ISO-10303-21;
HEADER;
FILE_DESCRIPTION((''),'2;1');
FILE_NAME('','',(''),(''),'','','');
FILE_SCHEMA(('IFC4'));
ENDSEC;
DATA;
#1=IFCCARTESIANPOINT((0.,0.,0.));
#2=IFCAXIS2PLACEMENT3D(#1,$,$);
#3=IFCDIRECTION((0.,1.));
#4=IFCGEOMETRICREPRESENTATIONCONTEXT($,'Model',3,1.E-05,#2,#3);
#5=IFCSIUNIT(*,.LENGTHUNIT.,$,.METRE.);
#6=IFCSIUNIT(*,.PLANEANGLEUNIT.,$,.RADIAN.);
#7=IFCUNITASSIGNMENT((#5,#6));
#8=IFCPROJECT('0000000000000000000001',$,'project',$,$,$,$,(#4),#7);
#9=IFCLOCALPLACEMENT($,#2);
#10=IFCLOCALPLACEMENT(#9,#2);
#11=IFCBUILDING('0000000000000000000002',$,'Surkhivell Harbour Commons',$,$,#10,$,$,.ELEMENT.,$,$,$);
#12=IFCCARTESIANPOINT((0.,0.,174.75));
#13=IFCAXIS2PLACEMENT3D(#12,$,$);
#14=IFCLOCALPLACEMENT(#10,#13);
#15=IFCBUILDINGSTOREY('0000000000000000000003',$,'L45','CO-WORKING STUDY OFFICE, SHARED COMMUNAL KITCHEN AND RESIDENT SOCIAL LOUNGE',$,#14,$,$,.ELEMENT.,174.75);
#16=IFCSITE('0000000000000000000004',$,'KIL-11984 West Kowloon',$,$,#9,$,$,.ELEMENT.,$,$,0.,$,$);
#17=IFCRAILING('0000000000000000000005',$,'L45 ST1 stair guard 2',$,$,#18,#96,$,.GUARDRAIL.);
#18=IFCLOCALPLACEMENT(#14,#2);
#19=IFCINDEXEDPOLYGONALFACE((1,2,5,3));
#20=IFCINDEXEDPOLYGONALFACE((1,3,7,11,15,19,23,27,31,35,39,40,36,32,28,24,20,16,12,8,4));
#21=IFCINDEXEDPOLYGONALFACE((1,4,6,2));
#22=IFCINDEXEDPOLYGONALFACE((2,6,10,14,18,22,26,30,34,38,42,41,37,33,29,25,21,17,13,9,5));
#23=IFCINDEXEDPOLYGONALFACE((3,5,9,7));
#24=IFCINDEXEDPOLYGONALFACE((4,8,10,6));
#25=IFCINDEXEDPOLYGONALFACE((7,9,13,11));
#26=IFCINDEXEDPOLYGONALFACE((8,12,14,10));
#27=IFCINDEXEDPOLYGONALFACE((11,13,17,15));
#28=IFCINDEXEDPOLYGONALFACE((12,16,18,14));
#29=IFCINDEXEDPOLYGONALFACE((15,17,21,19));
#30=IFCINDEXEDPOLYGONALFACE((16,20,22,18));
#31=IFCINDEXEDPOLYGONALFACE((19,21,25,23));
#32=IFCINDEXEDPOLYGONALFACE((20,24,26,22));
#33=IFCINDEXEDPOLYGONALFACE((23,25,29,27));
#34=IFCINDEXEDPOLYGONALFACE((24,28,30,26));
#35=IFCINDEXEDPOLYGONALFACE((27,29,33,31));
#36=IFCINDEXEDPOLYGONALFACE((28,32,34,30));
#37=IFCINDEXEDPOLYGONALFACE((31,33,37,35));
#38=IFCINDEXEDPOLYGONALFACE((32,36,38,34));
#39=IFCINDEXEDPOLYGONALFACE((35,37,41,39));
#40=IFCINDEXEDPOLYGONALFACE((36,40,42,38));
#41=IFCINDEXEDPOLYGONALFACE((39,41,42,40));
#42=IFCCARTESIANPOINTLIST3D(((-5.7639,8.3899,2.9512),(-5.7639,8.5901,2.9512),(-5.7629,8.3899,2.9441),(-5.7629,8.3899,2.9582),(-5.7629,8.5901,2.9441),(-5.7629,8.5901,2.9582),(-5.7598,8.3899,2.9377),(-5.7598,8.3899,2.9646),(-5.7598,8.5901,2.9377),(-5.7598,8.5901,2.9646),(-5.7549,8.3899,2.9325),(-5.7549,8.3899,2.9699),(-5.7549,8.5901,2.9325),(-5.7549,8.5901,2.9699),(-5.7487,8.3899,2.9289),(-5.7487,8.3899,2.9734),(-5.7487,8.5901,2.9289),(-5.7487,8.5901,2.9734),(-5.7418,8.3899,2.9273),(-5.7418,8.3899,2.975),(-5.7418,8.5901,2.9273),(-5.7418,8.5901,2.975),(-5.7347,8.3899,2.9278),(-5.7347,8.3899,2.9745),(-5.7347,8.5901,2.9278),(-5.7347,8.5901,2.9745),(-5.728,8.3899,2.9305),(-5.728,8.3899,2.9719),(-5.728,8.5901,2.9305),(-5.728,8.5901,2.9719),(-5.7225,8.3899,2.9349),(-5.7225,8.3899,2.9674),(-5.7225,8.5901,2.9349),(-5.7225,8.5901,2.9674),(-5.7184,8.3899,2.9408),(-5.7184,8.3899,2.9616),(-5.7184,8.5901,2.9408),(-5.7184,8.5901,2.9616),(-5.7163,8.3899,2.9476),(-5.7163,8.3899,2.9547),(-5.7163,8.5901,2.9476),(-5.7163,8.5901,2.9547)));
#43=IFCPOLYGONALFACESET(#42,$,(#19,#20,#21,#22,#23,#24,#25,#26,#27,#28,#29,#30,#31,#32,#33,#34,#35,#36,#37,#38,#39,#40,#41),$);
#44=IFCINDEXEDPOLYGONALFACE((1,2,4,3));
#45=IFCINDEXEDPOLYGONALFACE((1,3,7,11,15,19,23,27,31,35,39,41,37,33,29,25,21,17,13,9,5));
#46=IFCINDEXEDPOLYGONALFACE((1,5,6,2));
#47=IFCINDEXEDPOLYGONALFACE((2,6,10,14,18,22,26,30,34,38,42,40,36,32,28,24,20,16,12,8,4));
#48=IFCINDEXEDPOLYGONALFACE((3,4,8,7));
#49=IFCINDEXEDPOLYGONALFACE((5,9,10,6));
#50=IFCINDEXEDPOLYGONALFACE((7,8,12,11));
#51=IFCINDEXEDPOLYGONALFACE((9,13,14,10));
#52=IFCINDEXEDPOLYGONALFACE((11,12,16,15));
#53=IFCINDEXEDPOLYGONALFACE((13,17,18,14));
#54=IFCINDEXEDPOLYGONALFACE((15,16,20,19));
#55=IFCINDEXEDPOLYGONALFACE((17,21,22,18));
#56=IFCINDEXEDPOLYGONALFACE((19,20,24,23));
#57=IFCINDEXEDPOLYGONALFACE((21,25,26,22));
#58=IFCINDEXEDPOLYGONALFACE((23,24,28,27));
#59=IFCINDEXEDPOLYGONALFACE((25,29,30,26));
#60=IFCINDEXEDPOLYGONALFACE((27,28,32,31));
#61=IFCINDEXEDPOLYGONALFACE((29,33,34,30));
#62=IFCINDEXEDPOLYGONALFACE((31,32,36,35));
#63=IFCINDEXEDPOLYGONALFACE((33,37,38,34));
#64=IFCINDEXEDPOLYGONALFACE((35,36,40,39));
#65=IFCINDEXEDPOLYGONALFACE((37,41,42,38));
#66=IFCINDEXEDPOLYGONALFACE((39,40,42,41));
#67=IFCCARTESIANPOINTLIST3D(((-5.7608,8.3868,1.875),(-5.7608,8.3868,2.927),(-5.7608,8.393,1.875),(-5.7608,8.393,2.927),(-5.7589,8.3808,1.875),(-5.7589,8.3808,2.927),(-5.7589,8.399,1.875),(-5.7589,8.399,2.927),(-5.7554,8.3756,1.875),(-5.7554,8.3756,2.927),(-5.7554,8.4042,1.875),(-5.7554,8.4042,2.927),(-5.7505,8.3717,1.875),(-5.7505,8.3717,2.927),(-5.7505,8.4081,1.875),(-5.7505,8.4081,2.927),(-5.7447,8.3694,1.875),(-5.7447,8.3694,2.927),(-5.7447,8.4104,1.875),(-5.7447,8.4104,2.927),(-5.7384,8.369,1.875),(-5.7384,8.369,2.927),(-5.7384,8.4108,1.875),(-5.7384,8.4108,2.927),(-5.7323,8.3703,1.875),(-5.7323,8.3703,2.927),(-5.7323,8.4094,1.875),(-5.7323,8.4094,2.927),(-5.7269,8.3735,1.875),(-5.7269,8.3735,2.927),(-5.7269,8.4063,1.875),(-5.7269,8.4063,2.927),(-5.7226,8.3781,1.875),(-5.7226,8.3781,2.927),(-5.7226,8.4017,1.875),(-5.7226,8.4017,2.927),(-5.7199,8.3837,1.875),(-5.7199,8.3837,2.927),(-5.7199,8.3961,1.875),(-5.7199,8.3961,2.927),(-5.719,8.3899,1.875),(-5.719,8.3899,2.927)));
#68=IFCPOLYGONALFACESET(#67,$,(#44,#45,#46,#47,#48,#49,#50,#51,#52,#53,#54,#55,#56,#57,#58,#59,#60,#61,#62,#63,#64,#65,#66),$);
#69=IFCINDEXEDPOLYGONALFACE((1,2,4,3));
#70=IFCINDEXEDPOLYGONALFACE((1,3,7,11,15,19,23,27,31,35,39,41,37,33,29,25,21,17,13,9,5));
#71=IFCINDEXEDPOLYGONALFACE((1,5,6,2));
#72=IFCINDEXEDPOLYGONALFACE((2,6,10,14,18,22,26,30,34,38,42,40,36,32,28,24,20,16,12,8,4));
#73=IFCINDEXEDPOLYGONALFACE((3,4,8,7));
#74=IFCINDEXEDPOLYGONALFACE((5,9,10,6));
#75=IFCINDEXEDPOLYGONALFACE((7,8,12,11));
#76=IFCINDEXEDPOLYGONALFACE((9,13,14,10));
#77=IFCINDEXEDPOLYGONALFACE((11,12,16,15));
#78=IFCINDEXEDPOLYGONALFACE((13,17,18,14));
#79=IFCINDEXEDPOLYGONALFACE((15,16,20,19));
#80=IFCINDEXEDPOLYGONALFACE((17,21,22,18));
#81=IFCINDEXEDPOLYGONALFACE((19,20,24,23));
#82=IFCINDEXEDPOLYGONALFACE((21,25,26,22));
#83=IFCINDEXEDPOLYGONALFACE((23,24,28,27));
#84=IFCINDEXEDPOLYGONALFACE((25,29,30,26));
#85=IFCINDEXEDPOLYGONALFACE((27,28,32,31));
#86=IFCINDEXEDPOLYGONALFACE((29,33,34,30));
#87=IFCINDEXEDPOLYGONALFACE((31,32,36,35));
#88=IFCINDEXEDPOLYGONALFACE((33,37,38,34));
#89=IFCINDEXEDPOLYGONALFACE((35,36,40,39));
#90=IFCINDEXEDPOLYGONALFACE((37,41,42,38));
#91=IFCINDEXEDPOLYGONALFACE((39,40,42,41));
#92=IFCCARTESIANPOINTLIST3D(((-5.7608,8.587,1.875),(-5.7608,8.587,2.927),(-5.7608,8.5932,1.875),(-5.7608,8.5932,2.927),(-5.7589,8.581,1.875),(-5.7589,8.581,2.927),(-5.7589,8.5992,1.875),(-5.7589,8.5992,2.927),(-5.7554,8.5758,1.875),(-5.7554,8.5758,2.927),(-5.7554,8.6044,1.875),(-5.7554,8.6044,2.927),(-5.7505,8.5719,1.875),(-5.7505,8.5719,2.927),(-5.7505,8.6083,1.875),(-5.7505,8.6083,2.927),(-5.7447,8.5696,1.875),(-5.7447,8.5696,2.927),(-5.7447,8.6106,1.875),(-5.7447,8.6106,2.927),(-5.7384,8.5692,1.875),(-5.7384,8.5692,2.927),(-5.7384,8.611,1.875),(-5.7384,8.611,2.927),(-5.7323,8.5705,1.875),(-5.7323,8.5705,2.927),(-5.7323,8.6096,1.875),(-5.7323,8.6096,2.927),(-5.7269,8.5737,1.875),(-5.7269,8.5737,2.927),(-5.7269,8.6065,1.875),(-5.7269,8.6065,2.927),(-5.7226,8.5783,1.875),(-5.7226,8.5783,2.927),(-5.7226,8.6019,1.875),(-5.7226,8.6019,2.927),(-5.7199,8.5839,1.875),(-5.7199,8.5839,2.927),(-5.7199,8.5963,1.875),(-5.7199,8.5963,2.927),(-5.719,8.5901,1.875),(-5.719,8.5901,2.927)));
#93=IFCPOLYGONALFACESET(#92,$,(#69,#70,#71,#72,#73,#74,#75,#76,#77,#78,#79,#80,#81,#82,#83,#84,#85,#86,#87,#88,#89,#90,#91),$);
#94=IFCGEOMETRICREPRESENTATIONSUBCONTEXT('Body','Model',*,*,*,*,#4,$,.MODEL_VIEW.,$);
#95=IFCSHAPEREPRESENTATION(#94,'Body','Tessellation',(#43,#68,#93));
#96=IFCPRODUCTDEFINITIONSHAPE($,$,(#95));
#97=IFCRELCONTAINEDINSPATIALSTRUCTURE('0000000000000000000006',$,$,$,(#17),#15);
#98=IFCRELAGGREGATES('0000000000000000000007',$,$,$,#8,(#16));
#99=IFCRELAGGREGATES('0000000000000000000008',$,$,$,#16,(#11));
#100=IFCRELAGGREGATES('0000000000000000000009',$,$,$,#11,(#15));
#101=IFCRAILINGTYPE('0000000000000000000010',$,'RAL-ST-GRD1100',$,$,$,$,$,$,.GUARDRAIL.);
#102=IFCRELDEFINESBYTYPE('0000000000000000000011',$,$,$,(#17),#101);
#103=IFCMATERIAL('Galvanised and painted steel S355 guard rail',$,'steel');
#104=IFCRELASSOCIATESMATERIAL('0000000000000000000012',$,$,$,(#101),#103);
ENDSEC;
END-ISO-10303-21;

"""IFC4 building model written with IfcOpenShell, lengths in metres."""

from ifc_helpers import new_model, si_unit, direction, frame, origin, origin_2d, place, context, subcontext, project, spatial, circle, extrude, material, type_object, element, save


model = new_model("IFC4")

# Units and contexts
model_context = context("Model", 3, precision=1e-05, world=origin(), true_north=direction((0.0, 1.0)))
body_context = subcontext(model_context, "Body", "Model", "MODEL_VIEW")
ifc_project = project(units=[si_unit("LENGTHUNIT", "METRE"), si_unit("PLANEANGLEUNIT", "RADIAN")], contexts=[model_context])

# Site, building, storey
site_placement = place(None, origin())
site = spatial("IfcSite", under=ifc_project, at=site_placement, Name="KIL-11984 West Kowloon", CompositionType="ELEMENT", RefElevation=0.0)
building_placement = place(site_placement, origin())
building = spatial("IfcBuilding", under=site, at=building_placement, Name="Surkhivell Harbour Commons", CompositionType="ELEMENT")
storey_placement = place(building_placement, frame((0.0, 0.0, 174.75)))
storey = spatial("IfcBuildingStorey", under=building, at=storey_placement, Name="L45", Description="CO-WORKING STUDY OFFICE, SHARED COMMUNAL KITCHEN AND RESIDENT SOCIAL LOUNGE", CompositionType="ELEMENT", Elevation=174.75)

# Railing
ifc_material_1 = material(Name="Galvanised and painted steel S355 guard rail", Category="steel")
railing_type_1 = type_object("IfcRailingType", Name="RAL-ST-GRD1100", PredefinedType="GUARDRAIL", material=ifc_material_1)
railing_1_placement = place(storey_placement, frame((-5.74, 8.3899, 1.875)))
element("IfcRailing", 1, at=railing_1_placement, inside=storey, type_object=railing_type_1, Name="L45 ST1 stair guard 2", PredefinedType="GUARDRAIL", context=body_context, shape_type="SweptSolid", body=[
    extrude(circle(Radius=0.0239, at=origin_2d()), frame((0.0, 0.0, 1.0762), z_axis=(0.0, 1.0, 0.0), x_axis=(-1.0, 0.0, 0.0)), (0.0, 0.0, 1.0), 0.2002),
    extrude(circle(Radius=0.021, at=origin_2d()), origin(), (0.0, 0.0, 1.0), 1.052),
    extrude(circle(Radius=0.021, at=origin_2d()), frame((0.0, 0.2002, 0.0)), (0.0, 0.0, 1.0), 1.052),
])

save(model, "model.ifc")
